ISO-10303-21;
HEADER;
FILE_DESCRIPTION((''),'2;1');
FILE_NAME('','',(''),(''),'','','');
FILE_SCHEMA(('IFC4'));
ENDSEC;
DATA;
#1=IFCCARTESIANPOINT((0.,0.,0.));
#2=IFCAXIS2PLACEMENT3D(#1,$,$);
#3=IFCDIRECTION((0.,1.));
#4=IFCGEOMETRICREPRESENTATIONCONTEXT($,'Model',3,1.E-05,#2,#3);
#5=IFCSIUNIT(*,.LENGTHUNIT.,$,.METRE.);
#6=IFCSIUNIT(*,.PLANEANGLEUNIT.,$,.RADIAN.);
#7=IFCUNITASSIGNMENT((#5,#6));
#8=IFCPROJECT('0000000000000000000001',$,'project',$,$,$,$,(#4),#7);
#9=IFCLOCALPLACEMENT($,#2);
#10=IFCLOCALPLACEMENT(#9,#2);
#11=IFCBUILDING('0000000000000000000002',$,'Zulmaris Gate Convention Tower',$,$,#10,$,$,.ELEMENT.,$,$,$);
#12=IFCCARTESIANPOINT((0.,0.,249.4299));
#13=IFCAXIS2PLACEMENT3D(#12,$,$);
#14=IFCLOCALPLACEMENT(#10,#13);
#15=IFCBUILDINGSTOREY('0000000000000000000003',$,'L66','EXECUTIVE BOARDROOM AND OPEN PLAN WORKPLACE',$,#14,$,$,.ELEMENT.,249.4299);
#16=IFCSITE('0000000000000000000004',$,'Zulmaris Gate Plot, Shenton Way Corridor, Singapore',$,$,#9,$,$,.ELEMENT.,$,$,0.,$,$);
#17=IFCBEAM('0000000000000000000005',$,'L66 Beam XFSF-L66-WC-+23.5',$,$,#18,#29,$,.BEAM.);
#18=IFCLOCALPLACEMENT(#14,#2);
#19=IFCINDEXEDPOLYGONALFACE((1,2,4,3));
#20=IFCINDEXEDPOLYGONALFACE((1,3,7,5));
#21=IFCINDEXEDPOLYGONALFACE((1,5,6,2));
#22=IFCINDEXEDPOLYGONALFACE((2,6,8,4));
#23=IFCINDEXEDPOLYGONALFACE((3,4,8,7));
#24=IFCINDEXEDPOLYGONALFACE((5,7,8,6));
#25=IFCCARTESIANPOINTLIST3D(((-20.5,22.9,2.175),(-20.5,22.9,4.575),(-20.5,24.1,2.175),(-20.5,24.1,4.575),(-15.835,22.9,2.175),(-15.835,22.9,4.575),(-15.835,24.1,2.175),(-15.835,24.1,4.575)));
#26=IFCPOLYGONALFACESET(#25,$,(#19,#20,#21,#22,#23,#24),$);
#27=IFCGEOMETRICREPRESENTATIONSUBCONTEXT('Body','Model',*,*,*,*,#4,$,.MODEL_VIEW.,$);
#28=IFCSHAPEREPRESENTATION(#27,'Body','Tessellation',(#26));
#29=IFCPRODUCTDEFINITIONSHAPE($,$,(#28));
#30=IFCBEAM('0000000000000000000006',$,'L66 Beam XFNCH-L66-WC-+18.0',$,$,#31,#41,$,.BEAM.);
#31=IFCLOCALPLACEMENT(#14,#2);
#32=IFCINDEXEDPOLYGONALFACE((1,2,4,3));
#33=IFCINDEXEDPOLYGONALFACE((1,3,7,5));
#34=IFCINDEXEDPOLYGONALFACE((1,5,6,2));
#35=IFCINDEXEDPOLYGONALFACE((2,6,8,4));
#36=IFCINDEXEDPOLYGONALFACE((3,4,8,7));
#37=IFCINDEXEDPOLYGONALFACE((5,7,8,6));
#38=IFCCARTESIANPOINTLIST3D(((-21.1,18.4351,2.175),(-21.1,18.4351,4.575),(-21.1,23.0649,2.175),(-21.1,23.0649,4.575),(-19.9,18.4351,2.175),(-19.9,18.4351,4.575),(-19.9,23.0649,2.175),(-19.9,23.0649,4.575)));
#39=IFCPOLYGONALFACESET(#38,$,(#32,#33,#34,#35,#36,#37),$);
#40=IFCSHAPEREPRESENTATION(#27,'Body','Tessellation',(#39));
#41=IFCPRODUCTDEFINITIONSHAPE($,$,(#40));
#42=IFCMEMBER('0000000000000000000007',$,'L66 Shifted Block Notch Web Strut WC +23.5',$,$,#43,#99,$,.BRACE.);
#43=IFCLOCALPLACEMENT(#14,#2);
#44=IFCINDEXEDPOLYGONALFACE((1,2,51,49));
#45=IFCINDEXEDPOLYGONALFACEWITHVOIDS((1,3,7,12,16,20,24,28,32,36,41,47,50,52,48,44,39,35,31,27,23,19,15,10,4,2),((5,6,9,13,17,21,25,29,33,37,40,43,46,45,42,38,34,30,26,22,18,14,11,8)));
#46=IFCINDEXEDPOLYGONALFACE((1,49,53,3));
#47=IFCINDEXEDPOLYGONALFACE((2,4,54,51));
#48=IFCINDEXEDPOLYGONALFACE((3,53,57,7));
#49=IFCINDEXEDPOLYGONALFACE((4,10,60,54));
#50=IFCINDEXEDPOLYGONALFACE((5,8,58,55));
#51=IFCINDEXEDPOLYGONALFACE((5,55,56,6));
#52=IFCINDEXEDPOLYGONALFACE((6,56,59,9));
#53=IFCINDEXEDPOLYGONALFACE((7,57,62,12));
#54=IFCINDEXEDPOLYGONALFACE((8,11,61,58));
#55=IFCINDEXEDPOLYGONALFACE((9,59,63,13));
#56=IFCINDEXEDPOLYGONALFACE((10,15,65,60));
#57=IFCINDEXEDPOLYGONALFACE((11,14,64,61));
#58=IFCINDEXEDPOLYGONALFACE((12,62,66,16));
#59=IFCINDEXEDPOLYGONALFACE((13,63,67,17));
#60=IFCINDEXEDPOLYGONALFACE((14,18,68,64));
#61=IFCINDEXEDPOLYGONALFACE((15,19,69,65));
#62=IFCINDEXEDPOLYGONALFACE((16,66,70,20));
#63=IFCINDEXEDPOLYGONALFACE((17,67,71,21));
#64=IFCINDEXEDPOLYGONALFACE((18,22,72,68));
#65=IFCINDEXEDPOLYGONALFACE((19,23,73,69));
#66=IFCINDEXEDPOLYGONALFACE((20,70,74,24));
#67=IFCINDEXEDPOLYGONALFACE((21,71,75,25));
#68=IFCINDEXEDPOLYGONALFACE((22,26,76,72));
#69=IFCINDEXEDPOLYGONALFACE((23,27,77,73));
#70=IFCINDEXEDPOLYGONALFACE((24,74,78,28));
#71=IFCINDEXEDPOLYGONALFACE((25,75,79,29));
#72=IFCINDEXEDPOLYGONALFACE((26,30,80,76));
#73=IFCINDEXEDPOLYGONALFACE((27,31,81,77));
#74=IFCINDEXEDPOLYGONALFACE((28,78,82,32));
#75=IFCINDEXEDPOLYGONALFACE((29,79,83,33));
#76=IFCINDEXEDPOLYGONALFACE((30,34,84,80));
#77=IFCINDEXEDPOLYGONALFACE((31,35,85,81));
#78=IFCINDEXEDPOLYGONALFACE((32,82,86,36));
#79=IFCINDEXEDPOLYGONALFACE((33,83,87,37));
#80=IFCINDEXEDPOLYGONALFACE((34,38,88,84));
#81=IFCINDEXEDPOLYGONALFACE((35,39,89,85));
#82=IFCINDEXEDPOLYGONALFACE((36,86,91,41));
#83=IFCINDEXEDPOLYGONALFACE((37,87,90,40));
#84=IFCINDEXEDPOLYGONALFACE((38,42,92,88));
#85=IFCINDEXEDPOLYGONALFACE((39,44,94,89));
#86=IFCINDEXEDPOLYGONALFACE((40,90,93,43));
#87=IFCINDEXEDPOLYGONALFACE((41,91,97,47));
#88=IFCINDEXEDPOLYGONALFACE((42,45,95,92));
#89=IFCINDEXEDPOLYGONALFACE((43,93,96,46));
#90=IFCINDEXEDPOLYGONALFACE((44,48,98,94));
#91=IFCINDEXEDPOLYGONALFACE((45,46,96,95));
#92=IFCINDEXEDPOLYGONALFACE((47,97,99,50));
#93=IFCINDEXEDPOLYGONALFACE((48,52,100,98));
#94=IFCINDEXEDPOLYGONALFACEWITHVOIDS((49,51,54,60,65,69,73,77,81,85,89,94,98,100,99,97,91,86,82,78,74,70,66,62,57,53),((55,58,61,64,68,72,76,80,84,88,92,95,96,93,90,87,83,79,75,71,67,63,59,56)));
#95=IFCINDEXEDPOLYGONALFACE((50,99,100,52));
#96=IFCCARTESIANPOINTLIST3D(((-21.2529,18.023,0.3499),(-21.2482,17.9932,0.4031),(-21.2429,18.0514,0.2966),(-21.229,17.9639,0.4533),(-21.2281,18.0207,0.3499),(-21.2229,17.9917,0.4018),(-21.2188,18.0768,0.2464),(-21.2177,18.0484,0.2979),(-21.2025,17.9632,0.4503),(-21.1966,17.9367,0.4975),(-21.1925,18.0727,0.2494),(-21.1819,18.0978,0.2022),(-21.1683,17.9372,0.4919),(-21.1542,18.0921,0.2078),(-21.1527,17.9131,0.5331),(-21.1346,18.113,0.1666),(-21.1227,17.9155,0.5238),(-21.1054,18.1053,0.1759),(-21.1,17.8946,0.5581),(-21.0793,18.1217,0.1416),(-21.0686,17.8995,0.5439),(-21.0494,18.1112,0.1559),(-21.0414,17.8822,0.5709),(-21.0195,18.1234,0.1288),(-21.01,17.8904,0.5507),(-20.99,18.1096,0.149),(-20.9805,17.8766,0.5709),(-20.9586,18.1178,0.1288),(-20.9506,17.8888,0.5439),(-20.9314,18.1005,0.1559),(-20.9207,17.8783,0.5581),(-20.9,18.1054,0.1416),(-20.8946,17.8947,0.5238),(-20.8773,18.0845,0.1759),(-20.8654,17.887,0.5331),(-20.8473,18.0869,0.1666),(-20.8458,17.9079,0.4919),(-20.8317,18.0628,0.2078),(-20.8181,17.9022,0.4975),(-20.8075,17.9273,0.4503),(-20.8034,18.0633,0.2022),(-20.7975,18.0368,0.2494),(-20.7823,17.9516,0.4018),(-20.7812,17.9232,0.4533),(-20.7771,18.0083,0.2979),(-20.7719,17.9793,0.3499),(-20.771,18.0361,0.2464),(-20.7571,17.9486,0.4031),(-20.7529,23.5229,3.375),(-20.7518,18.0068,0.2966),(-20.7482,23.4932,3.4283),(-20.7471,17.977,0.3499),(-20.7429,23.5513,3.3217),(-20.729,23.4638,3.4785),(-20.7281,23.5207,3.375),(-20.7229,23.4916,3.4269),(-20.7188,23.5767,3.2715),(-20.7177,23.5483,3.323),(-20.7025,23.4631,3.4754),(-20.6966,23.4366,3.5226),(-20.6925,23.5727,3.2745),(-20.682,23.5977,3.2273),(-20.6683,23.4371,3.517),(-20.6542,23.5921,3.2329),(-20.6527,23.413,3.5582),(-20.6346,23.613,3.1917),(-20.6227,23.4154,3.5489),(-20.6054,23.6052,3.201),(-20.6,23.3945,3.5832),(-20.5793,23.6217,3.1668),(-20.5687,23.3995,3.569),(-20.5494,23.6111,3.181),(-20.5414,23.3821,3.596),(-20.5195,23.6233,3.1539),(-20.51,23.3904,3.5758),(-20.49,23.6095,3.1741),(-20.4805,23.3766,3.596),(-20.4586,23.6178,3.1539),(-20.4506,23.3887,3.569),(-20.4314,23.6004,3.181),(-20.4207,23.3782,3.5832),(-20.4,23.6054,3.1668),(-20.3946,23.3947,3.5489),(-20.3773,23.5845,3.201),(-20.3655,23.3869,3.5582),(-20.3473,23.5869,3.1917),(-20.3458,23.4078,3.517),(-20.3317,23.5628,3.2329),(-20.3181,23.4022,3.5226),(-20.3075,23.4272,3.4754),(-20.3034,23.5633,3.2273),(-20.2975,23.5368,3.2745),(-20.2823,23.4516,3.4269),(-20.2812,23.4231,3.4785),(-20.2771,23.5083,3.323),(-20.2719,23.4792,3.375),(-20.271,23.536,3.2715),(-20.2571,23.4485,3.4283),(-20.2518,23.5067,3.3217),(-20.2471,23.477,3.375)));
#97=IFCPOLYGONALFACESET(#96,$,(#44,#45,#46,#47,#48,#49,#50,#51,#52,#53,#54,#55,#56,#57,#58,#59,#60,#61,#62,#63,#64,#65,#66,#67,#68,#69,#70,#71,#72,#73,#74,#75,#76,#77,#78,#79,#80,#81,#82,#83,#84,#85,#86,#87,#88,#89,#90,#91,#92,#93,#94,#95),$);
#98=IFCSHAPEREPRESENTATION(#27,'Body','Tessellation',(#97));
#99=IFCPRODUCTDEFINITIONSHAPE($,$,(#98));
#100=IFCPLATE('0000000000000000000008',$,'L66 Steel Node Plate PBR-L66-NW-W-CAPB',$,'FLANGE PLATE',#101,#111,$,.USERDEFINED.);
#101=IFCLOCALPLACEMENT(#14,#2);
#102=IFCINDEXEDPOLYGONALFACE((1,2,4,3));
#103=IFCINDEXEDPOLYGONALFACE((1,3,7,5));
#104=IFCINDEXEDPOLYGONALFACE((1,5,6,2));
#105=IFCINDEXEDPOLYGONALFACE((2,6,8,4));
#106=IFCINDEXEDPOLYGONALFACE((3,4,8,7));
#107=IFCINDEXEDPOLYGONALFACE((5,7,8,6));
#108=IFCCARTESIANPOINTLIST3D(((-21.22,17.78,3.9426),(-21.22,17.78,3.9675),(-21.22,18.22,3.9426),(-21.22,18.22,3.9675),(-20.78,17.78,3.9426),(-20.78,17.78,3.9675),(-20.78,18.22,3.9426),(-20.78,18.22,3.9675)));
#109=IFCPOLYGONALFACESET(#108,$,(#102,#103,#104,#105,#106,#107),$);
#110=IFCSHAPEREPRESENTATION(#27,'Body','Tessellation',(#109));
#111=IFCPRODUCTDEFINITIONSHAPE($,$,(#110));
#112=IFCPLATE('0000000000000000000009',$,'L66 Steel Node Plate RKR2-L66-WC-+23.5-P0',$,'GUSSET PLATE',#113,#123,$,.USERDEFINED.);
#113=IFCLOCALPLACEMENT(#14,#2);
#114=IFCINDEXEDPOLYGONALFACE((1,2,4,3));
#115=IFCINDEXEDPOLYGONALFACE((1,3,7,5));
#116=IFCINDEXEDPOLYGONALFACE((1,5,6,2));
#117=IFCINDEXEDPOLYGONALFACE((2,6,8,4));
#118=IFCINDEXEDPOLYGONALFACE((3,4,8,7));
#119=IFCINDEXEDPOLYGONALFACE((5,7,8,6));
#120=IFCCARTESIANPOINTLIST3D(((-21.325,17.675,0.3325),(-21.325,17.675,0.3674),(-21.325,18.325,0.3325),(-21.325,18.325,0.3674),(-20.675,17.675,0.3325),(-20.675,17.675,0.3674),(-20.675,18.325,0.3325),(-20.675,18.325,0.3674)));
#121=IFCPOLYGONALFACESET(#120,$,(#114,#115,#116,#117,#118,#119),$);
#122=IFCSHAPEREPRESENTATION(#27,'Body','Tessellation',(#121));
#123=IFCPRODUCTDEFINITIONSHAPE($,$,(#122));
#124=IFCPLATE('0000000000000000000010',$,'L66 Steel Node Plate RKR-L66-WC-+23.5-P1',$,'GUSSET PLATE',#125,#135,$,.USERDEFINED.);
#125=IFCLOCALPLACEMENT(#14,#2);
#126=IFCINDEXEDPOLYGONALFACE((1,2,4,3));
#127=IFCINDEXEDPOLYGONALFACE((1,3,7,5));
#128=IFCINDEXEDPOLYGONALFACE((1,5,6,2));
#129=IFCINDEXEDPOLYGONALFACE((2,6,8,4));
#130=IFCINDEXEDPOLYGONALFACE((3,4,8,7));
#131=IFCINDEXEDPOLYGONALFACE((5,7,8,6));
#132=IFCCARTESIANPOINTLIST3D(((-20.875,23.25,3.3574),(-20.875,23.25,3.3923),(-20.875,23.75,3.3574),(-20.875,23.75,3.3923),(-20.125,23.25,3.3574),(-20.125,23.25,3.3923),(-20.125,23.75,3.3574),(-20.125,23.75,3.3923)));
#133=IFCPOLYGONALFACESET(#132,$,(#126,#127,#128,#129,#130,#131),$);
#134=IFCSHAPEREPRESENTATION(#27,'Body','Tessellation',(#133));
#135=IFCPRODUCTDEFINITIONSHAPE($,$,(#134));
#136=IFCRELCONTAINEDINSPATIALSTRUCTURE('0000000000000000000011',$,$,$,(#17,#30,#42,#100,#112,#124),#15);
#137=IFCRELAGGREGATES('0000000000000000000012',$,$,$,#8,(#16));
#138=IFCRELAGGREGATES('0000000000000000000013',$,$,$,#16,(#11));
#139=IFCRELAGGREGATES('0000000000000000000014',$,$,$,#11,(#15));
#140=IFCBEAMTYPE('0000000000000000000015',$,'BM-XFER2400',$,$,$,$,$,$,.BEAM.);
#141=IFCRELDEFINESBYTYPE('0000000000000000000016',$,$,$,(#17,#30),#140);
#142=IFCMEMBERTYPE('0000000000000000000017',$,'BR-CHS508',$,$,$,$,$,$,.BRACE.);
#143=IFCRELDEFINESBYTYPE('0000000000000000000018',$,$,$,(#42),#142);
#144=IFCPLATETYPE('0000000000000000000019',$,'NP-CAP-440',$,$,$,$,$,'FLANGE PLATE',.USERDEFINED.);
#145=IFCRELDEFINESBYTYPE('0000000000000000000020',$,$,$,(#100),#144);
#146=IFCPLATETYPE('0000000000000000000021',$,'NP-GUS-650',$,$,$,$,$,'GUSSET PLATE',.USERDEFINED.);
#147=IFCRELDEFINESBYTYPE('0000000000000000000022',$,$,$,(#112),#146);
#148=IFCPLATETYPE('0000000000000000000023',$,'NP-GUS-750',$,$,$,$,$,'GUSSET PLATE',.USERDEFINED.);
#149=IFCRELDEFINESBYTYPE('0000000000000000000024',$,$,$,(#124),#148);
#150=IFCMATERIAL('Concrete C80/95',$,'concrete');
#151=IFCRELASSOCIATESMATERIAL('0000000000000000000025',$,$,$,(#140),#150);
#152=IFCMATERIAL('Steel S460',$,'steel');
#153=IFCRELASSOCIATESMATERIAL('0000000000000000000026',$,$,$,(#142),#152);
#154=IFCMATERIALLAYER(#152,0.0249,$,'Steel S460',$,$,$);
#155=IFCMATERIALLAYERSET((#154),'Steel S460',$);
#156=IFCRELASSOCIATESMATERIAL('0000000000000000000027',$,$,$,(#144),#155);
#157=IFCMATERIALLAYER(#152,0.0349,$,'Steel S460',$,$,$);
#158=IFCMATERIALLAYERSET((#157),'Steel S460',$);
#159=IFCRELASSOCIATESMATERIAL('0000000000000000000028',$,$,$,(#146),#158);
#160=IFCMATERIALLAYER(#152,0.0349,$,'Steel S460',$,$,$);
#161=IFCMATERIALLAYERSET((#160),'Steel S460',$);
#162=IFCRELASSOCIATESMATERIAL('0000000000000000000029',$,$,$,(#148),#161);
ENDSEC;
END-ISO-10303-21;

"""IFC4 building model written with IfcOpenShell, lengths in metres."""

from ifc_helpers import new_model, si_unit, direction, frame, origin, origin_2d, place, context, subcontext, project, spatial, rectangle, hollow_circle, extrude, material, layer, layer_set, material_profile, profile_set, type_object, element, save


model = new_model("IFC4")

# Units and contexts
model_context = context("Model", 3, precision=1e-05, world=origin(), true_north=direction((0.0, 1.0)))
body_context = subcontext(model_context, "Body", "Model", "MODEL_VIEW")
ifc_project = project(units=[si_unit("LENGTHUNIT", "METRE"), si_unit("PLANEANGLEUNIT", "RADIAN")], contexts=[model_context])

# Site, building, storey
site_placement = place(None, origin())
site = spatial("IfcSite", under=ifc_project, at=site_placement, Name="Zulmaris Gate Plot, Shenton Way Corridor, Singapore", CompositionType="ELEMENT", RefElevation=0.0)
building_placement = place(site_placement, origin())
building = spatial("IfcBuilding", under=site, at=building_placement, Name="Zulmaris Gate Convention Tower", CompositionType="ELEMENT")
storey_placement = place(building_placement, frame((0.0, 0.0, 249.4299)))
storey = spatial("IfcBuildingStorey", under=building, at=storey_placement, Name="L66", Description="EXECUTIVE BOARDROOM AND OPEN PLAN WORKPLACE", CompositionType="ELEMENT", Elevation=249.4299)

# Beams
ifc_material_1 = material(Name="Concrete C80/95", Category="concrete")
ifc_material_profile_1 = material_profile(ifc_material_1, rectangle(XDim=1.2, YDim=2.3999, at=origin_2d()), Name="RC TRANSFER 1200x2400")
ifc_profile_set_1 = profile_set([ifc_material_profile_1], Name="Concrete C80/95")
beam_type_1 = type_object("IfcBeamType", Name="BM-XFER2400", PredefinedType="BEAM", material=ifc_profile_set_1)
beam_1_placement = place(storey_placement, frame((-20.5, 23.5, 3.375), z_axis=(1.0, 0.0, 0.0), x_axis=(0.0, 1.0, 0.0)))
element("IfcBeam", 1, at=beam_1_placement, inside=storey, type_object=beam_type_1, Name="L66 Beam XFSF-L66-WC-+23.5", PredefinedType="BEAM", context=body_context, shape_type="SweptSolid", body=[
    extrude(rectangle(XDim=1.2, YDim=2.3999, at=origin_2d()), origin(), (0.0, 0.0, 1.0), 4.665),
])
beam_2_placement = place(storey_placement, frame((-20.5, 18.4351, 3.375), z_axis=(0.0, 1.0, 0.0), x_axis=(-1.0, 0.0, 0.0)))
element("IfcBeam", 2, at=beam_2_placement, inside=storey, type_object=beam_type_1, Name="L66 Beam XFNCH-L66-WC-+18.0", PredefinedType="BEAM", context=body_context, shape_type="SweptSolid", body=[
    extrude(rectangle(XDim=1.2, YDim=2.3999, at=origin_2d()), origin(), (0.0, 0.0, 1.0), 4.6299),
])

# Member
ifc_material_2 = material(Name="Steel S460", Category="steel")
ifc_material_profile_2 = material_profile(ifc_material_2, hollow_circle(Radius=0.2539, WallThickness=0.0249, at=origin_2d()), Name="CHS 508x25")
ifc_profile_set_2 = profile_set([ifc_material_profile_2], Name="Steel S460")
member_type = type_object("IfcMemberType", Name="BR-CHS508", PredefinedType="BRACE", material=ifc_profile_set_2)
member_placement = place(storey_placement, frame((-21.0, 18.0, 0.3499), z_axis=(0.079404, 0.873439, 0.480415), x_axis=(-0.995893, 0.090536, 0.0)))
element("IfcMember", 3, at=member_placement, inside=storey, type_object=member_type, Name="L66 Shifted Block Notch Web Strut WC +23.5", PredefinedType="BRACE", context=body_context, shape_type="SweptSolid", body=[
    extrude(hollow_circle(Radius=0.2539, WallThickness=0.0249, at=origin_2d()), origin(), (0.0, 0.0, 1.0), 6.2969),
])

# Plates
ifc_layer_1 = layer(ifc_material_2, 0.0249, Name="Steel S460")
ifc_layer_set_1 = layer_set([ifc_layer_1], Name="Steel S460")
plate_type_1 = type_object("IfcPlateType", Name="NP-CAP-440", ElementType="FLANGE PLATE", PredefinedType="USERDEFINED", material=ifc_layer_set_1)
plate_1_placement = place(storey_placement, frame((-21.0, 18.0, 3.9426), z_axis=(0.0, 0.0, 1.0), x_axis=(1.0, 0.0, 0.0)))
element("IfcPlate", 4, at=plate_1_placement, inside=storey, type_object=plate_type_1, Name="L66 Steel Node Plate PBR-L66-NW-W-CAPB", ObjectType="FLANGE PLATE", PredefinedType="USERDEFINED", context=body_context, shape_type="SweptSolid", body=[
    extrude(rectangle(XDim=0.4399, YDim=0.4399, at=origin_2d()), origin(), (0.0, 0.0, 1.0), 0.0249),
])
ifc_layer_2 = layer(ifc_material_2, 0.0349, Name="Steel S460")
ifc_layer_set_2 = layer_set([ifc_layer_2], Name="Steel S460")
plate_type_2 = type_object("IfcPlateType", Name="NP-GUS-650", ElementType="GUSSET PLATE", PredefinedType="USERDEFINED", material=ifc_layer_set_2)
plate_2_placement = place(storey_placement, frame((-21.0, 18.0, 0.3325), z_axis=(0.0, 0.0, 1.0), x_axis=(1.0, 0.0, 0.0)))
element("IfcPlate", 5, at=plate_2_placement, inside=storey, type_object=plate_type_2, Name="L66 Steel Node Plate RKR2-L66-WC-+23.5-P0", ObjectType="GUSSET PLATE", PredefinedType="USERDEFINED", context=body_context, shape_type="SweptSolid", body=[
    extrude(rectangle(XDim=0.6499, YDim=0.6499, at=origin_2d()), origin(), (0.0, 0.0, 1.0), 0.0349),
])
ifc_layer_3 = layer(ifc_material_2, 0.0349, Name="Steel S460")
ifc_layer_set_3 = layer_set([ifc_layer_3], Name="Steel S460")
plate_type_3 = type_object("IfcPlateType", Name="NP-GUS-750", ElementType="GUSSET PLATE", PredefinedType="USERDEFINED", material=ifc_layer_set_3)
plate_3_placement = place(storey_placement, frame((-20.5, 23.5, 3.3574), z_axis=(0.0, 0.0, 1.0), x_axis=(1.0, 0.0, 0.0)))
element("IfcPlate", 6, at=plate_3_placement, inside=storey, type_object=plate_type_3, Name="L66 Steel Node Plate RKR-L66-WC-+23.5-P1", ObjectType="GUSSET PLATE", PredefinedType="USERDEFINED", context=body_context, shape_type="SweptSolid", body=[
    extrude(rectangle(XDim=0.75, YDim=0.5, at=origin_2d()), origin(), (0.0, 0.0, 1.0), 0.0349),
])

save(model, "model.ifc")
